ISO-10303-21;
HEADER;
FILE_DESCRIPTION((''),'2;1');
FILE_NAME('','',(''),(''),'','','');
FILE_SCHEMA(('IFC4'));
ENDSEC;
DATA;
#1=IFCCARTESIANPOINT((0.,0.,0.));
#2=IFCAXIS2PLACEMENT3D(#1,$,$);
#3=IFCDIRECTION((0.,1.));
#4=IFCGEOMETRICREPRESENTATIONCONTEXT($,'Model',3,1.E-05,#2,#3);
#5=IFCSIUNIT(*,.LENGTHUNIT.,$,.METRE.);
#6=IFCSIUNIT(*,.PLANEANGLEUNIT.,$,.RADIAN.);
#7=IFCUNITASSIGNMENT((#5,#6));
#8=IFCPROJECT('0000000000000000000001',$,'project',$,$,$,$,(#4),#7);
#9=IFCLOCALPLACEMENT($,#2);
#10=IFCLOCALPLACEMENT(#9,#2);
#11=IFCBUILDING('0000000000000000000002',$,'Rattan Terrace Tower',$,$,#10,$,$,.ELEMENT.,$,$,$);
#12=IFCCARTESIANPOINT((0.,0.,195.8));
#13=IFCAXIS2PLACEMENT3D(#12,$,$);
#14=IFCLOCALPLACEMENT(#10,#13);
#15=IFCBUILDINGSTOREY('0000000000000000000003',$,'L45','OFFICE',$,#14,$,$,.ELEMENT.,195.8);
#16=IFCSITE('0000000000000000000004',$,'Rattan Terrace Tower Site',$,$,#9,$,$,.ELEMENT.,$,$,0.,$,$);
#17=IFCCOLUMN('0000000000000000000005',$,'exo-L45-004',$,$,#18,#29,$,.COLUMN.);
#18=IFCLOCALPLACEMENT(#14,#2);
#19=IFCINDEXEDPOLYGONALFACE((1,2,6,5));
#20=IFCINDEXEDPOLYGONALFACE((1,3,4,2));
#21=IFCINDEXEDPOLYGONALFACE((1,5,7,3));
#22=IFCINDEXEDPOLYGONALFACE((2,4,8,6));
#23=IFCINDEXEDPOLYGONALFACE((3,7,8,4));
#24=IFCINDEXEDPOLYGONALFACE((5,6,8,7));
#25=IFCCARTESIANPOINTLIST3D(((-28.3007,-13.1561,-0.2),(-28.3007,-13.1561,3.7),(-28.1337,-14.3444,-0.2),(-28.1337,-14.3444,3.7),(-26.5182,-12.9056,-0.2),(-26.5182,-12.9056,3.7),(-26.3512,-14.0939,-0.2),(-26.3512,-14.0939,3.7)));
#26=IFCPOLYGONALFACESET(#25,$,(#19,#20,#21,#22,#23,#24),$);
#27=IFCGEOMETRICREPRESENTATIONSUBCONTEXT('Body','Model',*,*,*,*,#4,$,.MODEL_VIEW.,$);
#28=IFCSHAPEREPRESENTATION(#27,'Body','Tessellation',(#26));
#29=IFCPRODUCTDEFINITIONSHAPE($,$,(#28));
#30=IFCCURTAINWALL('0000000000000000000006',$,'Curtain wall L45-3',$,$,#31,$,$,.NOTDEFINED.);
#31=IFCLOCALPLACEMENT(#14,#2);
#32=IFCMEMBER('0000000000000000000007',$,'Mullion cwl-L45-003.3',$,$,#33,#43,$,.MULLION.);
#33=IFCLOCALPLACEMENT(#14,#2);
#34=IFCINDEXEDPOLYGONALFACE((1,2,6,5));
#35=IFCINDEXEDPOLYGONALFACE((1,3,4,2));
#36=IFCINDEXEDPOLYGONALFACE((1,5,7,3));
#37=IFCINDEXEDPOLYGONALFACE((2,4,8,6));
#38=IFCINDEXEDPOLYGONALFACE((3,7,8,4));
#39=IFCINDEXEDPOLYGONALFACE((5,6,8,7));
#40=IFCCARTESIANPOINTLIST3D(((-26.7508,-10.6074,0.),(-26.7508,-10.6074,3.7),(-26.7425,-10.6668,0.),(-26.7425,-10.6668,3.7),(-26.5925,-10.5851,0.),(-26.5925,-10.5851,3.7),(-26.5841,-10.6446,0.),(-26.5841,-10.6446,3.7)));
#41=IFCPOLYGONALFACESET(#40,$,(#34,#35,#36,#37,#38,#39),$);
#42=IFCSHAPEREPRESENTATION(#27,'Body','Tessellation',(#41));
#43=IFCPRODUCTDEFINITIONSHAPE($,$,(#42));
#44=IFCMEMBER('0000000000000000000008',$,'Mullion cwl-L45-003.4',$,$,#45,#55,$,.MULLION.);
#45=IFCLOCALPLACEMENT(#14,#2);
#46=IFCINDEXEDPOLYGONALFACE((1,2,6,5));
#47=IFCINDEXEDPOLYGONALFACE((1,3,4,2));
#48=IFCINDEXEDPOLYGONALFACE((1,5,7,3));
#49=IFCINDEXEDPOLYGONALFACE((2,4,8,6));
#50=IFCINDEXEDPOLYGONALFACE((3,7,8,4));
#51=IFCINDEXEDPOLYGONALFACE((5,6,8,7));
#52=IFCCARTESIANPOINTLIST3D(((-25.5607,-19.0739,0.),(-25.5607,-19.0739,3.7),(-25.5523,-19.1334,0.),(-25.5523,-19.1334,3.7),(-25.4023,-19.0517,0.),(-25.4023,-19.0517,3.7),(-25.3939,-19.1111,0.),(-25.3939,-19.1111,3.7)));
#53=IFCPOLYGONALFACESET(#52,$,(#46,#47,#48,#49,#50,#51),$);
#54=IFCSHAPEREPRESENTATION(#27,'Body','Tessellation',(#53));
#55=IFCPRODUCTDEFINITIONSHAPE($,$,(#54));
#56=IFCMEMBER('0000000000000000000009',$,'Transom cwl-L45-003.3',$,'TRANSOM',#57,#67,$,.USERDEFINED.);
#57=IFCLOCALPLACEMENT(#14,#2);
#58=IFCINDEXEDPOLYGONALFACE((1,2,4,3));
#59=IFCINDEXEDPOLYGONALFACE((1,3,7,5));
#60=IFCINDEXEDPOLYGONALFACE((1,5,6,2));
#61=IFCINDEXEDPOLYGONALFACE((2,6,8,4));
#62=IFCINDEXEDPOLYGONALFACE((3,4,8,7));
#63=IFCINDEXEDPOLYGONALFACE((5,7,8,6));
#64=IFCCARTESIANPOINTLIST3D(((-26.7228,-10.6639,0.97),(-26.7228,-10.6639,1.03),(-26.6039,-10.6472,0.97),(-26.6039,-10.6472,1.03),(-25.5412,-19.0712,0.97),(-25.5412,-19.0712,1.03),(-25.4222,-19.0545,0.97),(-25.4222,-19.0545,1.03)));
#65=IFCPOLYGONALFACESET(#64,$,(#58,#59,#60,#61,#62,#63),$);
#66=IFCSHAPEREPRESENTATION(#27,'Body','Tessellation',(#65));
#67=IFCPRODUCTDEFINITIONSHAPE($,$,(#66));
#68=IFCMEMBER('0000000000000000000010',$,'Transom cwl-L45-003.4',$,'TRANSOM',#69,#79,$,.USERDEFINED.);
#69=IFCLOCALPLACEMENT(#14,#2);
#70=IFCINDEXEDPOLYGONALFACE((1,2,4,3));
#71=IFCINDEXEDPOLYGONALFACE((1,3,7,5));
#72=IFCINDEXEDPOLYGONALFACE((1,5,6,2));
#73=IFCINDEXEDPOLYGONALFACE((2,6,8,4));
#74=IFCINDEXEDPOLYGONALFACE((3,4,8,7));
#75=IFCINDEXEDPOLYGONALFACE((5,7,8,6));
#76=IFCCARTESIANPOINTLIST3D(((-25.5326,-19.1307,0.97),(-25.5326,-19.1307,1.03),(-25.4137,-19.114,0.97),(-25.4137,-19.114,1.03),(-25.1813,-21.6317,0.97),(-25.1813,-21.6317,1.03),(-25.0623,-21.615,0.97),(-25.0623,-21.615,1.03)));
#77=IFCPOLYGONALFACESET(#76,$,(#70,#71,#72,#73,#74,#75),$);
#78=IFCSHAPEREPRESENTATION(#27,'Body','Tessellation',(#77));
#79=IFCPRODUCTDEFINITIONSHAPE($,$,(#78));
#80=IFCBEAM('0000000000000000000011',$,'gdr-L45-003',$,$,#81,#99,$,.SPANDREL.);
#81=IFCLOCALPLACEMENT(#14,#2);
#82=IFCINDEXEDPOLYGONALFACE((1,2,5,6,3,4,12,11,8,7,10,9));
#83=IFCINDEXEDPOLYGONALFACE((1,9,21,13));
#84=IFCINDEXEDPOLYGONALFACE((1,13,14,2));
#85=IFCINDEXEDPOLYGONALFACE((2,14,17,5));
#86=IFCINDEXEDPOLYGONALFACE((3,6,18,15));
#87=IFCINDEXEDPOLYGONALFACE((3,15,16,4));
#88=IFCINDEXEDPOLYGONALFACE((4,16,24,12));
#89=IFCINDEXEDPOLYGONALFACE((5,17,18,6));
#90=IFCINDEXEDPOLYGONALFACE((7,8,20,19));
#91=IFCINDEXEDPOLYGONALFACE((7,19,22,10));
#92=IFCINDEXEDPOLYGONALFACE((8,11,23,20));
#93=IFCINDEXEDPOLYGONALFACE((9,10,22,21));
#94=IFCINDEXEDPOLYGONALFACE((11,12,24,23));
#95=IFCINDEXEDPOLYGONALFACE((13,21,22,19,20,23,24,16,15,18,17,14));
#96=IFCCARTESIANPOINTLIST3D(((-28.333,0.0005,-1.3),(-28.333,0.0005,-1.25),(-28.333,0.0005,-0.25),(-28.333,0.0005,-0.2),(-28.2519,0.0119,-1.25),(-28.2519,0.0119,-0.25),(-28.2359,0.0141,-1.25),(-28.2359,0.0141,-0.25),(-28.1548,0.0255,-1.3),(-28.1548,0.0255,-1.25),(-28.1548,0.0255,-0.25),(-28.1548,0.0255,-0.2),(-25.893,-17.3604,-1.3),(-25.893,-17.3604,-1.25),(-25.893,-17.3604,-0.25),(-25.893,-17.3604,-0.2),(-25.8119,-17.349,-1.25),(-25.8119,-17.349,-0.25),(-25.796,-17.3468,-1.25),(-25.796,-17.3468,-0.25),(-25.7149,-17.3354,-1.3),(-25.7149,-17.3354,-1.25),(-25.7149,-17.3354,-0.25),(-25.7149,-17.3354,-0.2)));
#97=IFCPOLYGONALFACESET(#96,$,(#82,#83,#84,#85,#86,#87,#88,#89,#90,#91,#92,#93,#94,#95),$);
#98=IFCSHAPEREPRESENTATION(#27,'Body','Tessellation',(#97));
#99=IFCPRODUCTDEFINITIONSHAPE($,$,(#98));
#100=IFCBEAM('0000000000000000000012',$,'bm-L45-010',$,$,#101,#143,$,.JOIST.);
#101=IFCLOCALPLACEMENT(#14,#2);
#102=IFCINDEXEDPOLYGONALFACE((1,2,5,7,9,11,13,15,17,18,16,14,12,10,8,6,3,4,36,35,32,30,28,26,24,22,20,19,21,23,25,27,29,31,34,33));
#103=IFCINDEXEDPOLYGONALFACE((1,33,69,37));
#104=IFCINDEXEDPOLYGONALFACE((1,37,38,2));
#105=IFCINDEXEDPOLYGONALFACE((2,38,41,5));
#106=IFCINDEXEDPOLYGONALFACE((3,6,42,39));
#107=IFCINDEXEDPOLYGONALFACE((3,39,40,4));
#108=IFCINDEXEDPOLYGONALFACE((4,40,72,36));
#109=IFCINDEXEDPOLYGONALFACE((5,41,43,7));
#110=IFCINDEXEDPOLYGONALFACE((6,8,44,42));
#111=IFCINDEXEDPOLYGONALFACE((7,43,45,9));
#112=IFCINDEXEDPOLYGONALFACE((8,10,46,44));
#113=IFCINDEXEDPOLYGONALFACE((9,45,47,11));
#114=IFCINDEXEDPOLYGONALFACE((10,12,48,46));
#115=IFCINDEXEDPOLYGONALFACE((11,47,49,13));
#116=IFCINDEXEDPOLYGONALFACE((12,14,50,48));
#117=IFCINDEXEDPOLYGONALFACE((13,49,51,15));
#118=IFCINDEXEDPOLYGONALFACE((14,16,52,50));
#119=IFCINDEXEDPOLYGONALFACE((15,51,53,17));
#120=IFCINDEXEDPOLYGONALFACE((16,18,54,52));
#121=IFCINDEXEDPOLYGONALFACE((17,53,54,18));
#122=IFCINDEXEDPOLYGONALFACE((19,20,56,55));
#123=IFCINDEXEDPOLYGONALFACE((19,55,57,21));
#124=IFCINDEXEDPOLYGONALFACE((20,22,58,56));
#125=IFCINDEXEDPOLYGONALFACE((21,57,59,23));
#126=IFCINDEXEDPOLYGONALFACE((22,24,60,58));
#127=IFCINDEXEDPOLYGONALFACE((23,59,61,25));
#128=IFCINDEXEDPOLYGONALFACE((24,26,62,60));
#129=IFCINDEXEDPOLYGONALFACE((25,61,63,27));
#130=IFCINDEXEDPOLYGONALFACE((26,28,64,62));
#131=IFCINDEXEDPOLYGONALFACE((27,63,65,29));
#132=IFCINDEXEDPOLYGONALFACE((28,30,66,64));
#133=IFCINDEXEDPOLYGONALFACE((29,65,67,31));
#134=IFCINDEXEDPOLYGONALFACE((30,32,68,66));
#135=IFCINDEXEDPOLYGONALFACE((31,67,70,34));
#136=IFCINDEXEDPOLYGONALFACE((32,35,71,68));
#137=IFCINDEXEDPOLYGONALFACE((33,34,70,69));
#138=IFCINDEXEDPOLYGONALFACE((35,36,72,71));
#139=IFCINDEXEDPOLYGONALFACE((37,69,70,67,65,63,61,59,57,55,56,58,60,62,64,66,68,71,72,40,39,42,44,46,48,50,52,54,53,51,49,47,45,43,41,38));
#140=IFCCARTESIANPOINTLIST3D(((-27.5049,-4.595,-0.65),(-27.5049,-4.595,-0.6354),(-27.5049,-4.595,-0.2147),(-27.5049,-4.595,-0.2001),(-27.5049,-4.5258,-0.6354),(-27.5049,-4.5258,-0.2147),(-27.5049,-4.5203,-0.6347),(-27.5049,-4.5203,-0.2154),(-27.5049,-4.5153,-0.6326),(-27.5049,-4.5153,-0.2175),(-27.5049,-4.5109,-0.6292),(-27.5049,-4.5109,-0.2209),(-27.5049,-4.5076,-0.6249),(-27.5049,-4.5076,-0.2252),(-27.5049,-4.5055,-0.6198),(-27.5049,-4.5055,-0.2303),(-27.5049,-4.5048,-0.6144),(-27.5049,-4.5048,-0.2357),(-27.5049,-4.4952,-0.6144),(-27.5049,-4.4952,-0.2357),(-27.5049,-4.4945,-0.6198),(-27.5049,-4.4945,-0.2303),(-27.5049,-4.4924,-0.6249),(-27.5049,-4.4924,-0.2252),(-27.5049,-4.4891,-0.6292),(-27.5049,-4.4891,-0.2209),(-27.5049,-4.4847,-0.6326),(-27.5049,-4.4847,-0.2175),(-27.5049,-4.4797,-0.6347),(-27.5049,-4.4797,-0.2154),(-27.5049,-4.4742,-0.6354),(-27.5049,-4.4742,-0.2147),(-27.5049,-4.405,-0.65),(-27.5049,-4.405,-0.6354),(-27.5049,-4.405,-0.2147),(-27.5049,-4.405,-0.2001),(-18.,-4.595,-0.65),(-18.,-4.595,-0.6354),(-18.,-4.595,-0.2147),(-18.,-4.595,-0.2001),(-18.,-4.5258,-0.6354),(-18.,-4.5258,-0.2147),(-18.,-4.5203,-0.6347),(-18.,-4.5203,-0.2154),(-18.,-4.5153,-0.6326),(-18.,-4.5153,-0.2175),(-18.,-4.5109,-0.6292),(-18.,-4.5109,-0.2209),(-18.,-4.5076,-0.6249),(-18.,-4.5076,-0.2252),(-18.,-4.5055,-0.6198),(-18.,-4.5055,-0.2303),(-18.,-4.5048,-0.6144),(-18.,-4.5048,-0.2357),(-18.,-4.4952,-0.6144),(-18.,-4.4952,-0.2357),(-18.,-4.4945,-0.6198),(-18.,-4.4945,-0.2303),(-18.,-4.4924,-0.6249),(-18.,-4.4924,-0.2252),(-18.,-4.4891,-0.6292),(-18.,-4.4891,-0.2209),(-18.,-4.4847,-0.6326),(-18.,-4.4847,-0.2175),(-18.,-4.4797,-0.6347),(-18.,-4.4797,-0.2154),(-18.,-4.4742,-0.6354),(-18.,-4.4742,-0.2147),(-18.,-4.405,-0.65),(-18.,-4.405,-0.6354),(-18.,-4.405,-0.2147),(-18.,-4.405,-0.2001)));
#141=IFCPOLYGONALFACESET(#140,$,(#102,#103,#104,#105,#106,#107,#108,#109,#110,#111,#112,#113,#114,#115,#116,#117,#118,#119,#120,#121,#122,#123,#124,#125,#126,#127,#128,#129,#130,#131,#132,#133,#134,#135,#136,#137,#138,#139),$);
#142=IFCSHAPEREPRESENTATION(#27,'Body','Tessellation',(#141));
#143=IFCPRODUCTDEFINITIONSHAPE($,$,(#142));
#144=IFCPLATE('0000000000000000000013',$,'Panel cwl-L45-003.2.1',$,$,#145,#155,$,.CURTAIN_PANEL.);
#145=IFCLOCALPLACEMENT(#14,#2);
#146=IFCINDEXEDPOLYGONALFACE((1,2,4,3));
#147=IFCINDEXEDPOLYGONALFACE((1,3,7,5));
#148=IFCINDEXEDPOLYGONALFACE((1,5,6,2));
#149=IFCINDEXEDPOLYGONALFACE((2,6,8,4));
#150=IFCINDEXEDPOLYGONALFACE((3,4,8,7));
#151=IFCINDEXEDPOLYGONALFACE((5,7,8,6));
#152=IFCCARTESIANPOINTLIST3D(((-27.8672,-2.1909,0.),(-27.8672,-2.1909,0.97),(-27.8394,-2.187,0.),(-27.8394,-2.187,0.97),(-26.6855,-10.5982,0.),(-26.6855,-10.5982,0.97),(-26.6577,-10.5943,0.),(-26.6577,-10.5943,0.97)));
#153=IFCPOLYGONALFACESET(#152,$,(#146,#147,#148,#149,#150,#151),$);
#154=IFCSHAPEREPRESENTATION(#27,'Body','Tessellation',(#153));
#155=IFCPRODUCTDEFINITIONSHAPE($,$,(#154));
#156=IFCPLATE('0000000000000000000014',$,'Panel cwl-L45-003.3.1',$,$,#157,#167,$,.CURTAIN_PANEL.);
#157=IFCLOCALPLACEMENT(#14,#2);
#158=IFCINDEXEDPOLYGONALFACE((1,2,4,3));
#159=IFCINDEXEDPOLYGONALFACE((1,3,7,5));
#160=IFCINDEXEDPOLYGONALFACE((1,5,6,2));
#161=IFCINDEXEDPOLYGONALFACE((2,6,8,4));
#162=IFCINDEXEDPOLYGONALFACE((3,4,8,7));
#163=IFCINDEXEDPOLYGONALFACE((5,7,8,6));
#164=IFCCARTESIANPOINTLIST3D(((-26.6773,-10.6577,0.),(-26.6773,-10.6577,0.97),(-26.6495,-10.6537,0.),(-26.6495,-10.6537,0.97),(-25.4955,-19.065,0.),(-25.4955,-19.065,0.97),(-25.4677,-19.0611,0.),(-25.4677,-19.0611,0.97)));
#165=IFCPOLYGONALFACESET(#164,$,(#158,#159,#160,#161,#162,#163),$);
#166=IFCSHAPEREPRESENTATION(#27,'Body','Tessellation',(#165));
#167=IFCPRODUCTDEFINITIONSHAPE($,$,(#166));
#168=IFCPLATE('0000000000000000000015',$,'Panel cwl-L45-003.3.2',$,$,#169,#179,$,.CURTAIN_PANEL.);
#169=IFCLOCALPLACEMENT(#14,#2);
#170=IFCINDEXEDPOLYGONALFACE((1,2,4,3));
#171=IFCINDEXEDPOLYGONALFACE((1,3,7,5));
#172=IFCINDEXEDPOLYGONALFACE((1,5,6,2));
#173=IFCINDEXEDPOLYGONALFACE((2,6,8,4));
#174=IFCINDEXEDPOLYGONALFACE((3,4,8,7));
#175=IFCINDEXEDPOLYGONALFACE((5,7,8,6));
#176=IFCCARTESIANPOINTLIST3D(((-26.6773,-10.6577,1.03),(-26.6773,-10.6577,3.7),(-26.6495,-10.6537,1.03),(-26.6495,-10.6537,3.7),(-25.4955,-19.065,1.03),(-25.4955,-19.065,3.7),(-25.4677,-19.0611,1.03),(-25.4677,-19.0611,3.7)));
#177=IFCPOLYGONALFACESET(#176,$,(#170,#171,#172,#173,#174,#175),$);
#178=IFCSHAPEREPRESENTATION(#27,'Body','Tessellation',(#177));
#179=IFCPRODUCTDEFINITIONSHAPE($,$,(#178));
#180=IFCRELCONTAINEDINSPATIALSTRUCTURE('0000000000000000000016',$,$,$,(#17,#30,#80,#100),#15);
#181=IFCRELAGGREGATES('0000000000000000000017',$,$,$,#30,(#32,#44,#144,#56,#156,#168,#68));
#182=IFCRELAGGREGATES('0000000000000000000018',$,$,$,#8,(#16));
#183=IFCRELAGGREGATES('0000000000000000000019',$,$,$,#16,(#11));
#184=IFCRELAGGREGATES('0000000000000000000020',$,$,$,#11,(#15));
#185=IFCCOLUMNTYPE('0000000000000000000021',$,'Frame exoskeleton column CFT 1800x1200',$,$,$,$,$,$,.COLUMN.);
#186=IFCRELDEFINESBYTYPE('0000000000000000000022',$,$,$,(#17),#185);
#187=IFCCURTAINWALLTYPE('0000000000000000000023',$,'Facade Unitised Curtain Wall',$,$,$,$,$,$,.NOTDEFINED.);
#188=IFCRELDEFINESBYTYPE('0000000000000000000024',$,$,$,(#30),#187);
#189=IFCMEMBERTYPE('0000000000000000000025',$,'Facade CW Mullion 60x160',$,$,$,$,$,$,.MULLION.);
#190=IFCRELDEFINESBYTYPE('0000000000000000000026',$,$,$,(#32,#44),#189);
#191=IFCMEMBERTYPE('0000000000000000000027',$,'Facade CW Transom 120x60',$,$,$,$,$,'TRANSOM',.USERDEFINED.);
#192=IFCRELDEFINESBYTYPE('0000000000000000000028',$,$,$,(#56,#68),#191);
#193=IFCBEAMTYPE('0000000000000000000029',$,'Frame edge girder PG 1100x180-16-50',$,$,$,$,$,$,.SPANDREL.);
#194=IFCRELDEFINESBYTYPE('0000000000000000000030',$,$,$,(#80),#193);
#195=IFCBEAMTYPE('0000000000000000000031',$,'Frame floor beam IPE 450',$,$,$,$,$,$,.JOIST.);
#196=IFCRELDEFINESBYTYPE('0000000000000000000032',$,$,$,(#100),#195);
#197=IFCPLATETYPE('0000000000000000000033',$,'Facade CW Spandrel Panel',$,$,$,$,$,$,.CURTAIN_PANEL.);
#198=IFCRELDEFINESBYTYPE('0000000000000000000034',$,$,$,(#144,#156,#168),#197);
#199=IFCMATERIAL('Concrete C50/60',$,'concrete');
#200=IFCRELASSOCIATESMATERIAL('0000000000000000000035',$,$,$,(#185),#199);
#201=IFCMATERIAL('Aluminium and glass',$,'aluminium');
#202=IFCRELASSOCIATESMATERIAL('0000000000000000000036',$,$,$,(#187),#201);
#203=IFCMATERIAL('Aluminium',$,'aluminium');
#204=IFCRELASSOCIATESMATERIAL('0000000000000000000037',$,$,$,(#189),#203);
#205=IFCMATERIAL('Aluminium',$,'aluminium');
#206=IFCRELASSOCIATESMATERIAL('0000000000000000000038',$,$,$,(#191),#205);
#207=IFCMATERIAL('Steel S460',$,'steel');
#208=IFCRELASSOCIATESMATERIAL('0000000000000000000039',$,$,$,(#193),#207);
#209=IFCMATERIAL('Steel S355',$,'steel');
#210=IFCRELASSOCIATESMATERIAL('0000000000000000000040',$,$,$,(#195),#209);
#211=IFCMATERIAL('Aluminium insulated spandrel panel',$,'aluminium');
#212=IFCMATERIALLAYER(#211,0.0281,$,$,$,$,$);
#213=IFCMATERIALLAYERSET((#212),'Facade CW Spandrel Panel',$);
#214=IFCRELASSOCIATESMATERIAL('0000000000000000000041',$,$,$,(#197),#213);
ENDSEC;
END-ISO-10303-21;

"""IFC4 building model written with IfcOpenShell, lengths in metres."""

from ifc_helpers import new_model, si_unit, direction, frame, origin, origin_2d, place, context, subcontext, project, spatial, rectangle, i_section, extrude, material, layer, layer_set, material_profile, profile_set, type_object, element, aggregate, save


model = new_model("IFC4")

# Units and contexts
model_context = context("Model", 3, precision=1e-05, world=origin(), true_north=direction((0.0, 1.0)))
body_context = subcontext(model_context, "Body", "Model", "MODEL_VIEW")
ifc_project = project(units=[si_unit("LENGTHUNIT", "METRE"), si_unit("PLANEANGLEUNIT", "RADIAN")], contexts=[model_context])

# Site, building, storey
site_placement = place(None, origin())
site = spatial("IfcSite", under=ifc_project, at=site_placement, Name="Rattan Terrace Tower Site", CompositionType="ELEMENT", RefElevation=0.0)
building_placement = place(site_placement, origin())
building = spatial("IfcBuilding", under=site, at=building_placement, Name="Rattan Terrace Tower", CompositionType="ELEMENT")
storey_placement = place(building_placement, frame((0.0, 0.0, 195.8)))
storey = spatial("IfcBuildingStorey", under=building, at=storey_placement, Name="L45", Description="OFFICE", CompositionType="ELEMENT", Elevation=195.8)

# Column
ifc_material_1 = material(Name="Concrete C50/60", Category="concrete")
ifc_material_profile_1 = material_profile(ifc_material_1, rectangle(XDim=1.2, YDim=1.8, at=origin_2d()), Name="CFT 1800x1200")
ifc_profile_set_1 = profile_set([ifc_material_profile_1], Name="Concrete C50/60")
column_type = type_object("IfcColumnType", Name="Frame exoskeleton column CFT 1800x1200", PredefinedType="COLUMN", material=ifc_profile_set_1)
column_placement = place(storey_placement, frame((-27.3259, -13.625, -0.2), z_axis=(0.0, 0.0, 1.0), x_axis=(-0.13919, 0.990266, 0.0)))
element("IfcColumn", 1, at=column_placement, inside=storey, type_object=column_type, Name="exo-L45-004", PredefinedType="COLUMN", context=body_context, shape_type="SweptSolid", body=[
    extrude(rectangle(XDim=1.2, YDim=1.8, at=origin_2d()), origin(), (0.0, 0.0, 1.0), 3.8999),
])

# Curtain wall, members
ifc_material_2 = material(Name="Aluminium and glass", Category="aluminium")
curtain_wall_type = type_object("IfcCurtainWallType", Name="Facade Unitised Curtain Wall", PredefinedType="NOTDEFINED", material=ifc_material_2)
curtain_wall_placement = place(storey_placement, origin())
curtain_wall = element("IfcCurtainWall", 2, at=curtain_wall_placement, inside=storey, type_object=curtain_wall_type, Name="Curtain wall L45-3", PredefinedType="NOTDEFINED")
ifc_material_3 = material(Name="Aluminium", Category="aluminium")
ifc_material_profile_2 = material_profile(ifc_material_3, rectangle(XDim=0.0601, YDim=0.1599, at=origin_2d()), Name="Aluminium 60x160")
ifc_profile_set_2 = profile_set([ifc_material_profile_2], Name="Aluminium")
member_type_1 = type_object("IfcMemberType", Name="Facade CW Mullion 60x160", PredefinedType="MULLION", material=ifc_profile_set_2)
member_1_placement = place(storey_placement, frame((-26.6675, -10.626, 0.0), z_axis=(0.0, 0.0, 1.0), x_axis=(0.139191, -0.990266, 0.0)))
member_1 = element("IfcMember", 3, at=member_1_placement, type_object=member_type_1, Name="Mullion cwl-L45-003.3", PredefinedType="MULLION", context=body_context, shape_type="SweptSolid", body=[
    extrude(rectangle(XDim=0.0601, YDim=0.1599, at=origin_2d()), origin(), (0.0, 0.0, 1.0), 3.7),
])
member_2_placement = place(storey_placement, frame((-25.4773, -19.0925, 0.0), z_axis=(0.0, 0.0, 1.0), x_axis=(0.139191, -0.990266, 0.0)))
member_2 = element("IfcMember", 4, at=member_2_placement, type_object=member_type_1, Name="Mullion cwl-L45-003.4", PredefinedType="MULLION", context=body_context, shape_type="SweptSolid", body=[
    extrude(rectangle(XDim=0.0601, YDim=0.1599, at=origin_2d()), origin(), (0.0, 0.0, 1.0), 3.7),
])
ifc_material_4 = material(Name="Aluminium", Category="aluminium")
ifc_material_profile_3 = material_profile(ifc_material_4, rectangle(XDim=0.1201, YDim=0.0601, at=origin_2d()), Name="Aluminium 120x60")
ifc_profile_set_3 = profile_set([ifc_material_profile_3], Name="Aluminium")
member_type_2 = type_object("IfcMemberType", Name="Facade CW Transom 120x60", ElementType="TRANSOM", PredefinedType="USERDEFINED", material=ifc_profile_set_3)
member_3_placement = place(storey_placement, frame((-26.6633, -10.6555, 1.0), z_axis=(0.139179, -0.990267, 0.0), x_axis=(0.990267, 0.139179, 0.0)))
member_3 = element("IfcMember", 5, at=member_3_placement, type_object=member_type_2, Name="Transom cwl-L45-003.3", ObjectType="TRANSOM", PredefinedType="USERDEFINED", context=body_context, shape_type="SweptSolid", body=[
    extrude(rectangle(XDim=0.1201, YDim=0.0601, at=origin_2d()), origin(), (0.0, 0.0, 1.0), 8.49),
])
member_4_placement = place(storey_placement, frame((-25.4731, -19.1223, 1.0), z_axis=(0.139107, -0.990277, 0.0), x_axis=(0.990277, 0.139107, 0.0)))
member_4 = element("IfcMember", 6, at=member_4_placement, type_object=member_type_2, Name="Transom cwl-L45-003.4", ObjectType="TRANSOM", PredefinedType="USERDEFINED", context=body_context, shape_type="SweptSolid", body=[
    extrude(rectangle(XDim=0.1201, YDim=0.0601, at=origin_2d()), origin(), (0.0, 0.0, 1.0), 2.5256),
])

# Beams
ifc_material_5 = material(Name="Steel S460", Category="steel")
ifc_material_profile_4 = material_profile(ifc_material_5, i_section(OverallWidth=0.1799, OverallDepth=1.1001, WebThickness=0.0161, FlangeThickness=0.05, at=origin_2d()), Name="PG 1100x180-16-50")
ifc_profile_set_4 = profile_set([ifc_material_profile_4], Name="Steel S460")
beam_type_1 = type_object("IfcBeamType", Name="Frame edge girder PG 1100x180-16-50", PredefinedType="SPANDREL", material=ifc_profile_set_4)
beam_1_placement = place(storey_placement, frame((-25.804, -17.3479, -0.75), z_axis=(-0.139175, 0.990268, 0.0), x_axis=(-0.990268, -0.139175, 0.0)))
element("IfcBeam", 7, at=beam_1_placement, inside=storey, type_object=beam_type_1, Name="gdr-L45-003", PredefinedType="SPANDREL", context=body_context, shape_type="SweptSolid", body=[
    extrude(i_section(OverallWidth=0.1799, OverallDepth=1.1001, WebThickness=0.0161, FlangeThickness=0.05, at=origin_2d()), origin(), (0.0, 0.0, 1.0), 17.5315),
])
ifc_material_6 = material(Name="Steel S355", Category="steel")
ifc_material_profile_5 = material_profile(ifc_material_6, i_section(OverallWidth=0.1899, OverallDepth=0.45, WebThickness=0.0095, FlangeThickness=0.0146, FilletRadius=0.021, at=origin_2d()), Name="IPE 450")
ifc_profile_set_5 = profile_set([ifc_material_profile_5], Name="Steel S355")
beam_type_2 = type_object("IfcBeamType", Name="Frame floor beam IPE 450", PredefinedType="JOIST", material=ifc_profile_set_5)
beam_2_placement = place(storey_placement, frame((-27.5049, -4.5, -0.425), z_axis=(1.0, 0.0, 0.0), x_axis=(0.0, 1.0, 0.0)))
element("IfcBeam", 8, at=beam_2_placement, inside=storey, type_object=beam_type_2, Name="bm-L45-010", PredefinedType="JOIST", context=body_context, shape_type="SweptSolid", body=[
    extrude(i_section(OverallWidth=0.1899, OverallDepth=0.45, WebThickness=0.0095, FlangeThickness=0.0146, FilletRadius=0.021, at=origin_2d()), origin(), (0.0, 0.0, 1.0), 9.5049),
])

# Plates
ifc_material_7 = material(Name="Aluminium insulated spandrel panel", Category="aluminium")
ifc_layer_1 = layer(ifc_material_7, 0.0281)
ifc_layer_set_1 = layer_set([ifc_layer_1], Name="Facade CW Spandrel Panel")
plate_type_1 = type_object("IfcPlateType", Name="Facade CW Spandrel Panel", PredefinedType="CURTAIN_PANEL", material=ifc_layer_set_1)
plate_1_placement = place(storey_placement, frame((-27.2625, -6.3926, 0.0), z_axis=(0.0, 0.0, 1.0), x_axis=(0.139191, -0.990266, 0.0)))
plate_1 = element("IfcPlate", 9, at=plate_1_placement, type_object=plate_type_1, Name="Panel cwl-L45-003.2.1", PredefinedType="CURTAIN_PANEL", context=body_context, shape_type="SweptSolid", body=[
    extrude(rectangle(XDim=8.49, YDim=0.0281, at=origin_2d()), origin(), (0.0, 0.0, 1.0), 0.97),
])
plate_2_placement = place(storey_placement, frame((-26.0725, -14.8594, 0.0), z_axis=(0.0, 0.0, 1.0), x_axis=(0.139191, -0.990266, 0.0)))
plate_2 = element("IfcPlate", 10, at=plate_2_placement, type_object=plate_type_1, Name="Panel cwl-L45-003.3.1", PredefinedType="CURTAIN_PANEL", context=body_context, shape_type="SweptSolid", body=[
    extrude(rectangle(XDim=8.49, YDim=0.0281, at=origin_2d()), origin(), (0.0, 0.0, 1.0), 0.97),
])
plate_3_placement = place(storey_placement, frame((-26.0725, -14.8594, 1.03), z_axis=(0.0, 0.0, 1.0), x_axis=(0.139191, -0.990266, 0.0)))
plate_3 = element("IfcPlate", 11, at=plate_3_placement, type_object=plate_type_1, Name="Panel cwl-L45-003.3.2", PredefinedType="CURTAIN_PANEL", context=body_context, shape_type="SweptSolid", body=[
    extrude(rectangle(XDim=8.49, YDim=0.0281, at=origin_2d()), origin(), (0.0, 0.0, 1.0), 2.6699),
])
aggregate(curtain_wall, [member_1, member_2, plate_1, member_3, plate_2, plate_3, member_4])

save(model, "model.ifc")
